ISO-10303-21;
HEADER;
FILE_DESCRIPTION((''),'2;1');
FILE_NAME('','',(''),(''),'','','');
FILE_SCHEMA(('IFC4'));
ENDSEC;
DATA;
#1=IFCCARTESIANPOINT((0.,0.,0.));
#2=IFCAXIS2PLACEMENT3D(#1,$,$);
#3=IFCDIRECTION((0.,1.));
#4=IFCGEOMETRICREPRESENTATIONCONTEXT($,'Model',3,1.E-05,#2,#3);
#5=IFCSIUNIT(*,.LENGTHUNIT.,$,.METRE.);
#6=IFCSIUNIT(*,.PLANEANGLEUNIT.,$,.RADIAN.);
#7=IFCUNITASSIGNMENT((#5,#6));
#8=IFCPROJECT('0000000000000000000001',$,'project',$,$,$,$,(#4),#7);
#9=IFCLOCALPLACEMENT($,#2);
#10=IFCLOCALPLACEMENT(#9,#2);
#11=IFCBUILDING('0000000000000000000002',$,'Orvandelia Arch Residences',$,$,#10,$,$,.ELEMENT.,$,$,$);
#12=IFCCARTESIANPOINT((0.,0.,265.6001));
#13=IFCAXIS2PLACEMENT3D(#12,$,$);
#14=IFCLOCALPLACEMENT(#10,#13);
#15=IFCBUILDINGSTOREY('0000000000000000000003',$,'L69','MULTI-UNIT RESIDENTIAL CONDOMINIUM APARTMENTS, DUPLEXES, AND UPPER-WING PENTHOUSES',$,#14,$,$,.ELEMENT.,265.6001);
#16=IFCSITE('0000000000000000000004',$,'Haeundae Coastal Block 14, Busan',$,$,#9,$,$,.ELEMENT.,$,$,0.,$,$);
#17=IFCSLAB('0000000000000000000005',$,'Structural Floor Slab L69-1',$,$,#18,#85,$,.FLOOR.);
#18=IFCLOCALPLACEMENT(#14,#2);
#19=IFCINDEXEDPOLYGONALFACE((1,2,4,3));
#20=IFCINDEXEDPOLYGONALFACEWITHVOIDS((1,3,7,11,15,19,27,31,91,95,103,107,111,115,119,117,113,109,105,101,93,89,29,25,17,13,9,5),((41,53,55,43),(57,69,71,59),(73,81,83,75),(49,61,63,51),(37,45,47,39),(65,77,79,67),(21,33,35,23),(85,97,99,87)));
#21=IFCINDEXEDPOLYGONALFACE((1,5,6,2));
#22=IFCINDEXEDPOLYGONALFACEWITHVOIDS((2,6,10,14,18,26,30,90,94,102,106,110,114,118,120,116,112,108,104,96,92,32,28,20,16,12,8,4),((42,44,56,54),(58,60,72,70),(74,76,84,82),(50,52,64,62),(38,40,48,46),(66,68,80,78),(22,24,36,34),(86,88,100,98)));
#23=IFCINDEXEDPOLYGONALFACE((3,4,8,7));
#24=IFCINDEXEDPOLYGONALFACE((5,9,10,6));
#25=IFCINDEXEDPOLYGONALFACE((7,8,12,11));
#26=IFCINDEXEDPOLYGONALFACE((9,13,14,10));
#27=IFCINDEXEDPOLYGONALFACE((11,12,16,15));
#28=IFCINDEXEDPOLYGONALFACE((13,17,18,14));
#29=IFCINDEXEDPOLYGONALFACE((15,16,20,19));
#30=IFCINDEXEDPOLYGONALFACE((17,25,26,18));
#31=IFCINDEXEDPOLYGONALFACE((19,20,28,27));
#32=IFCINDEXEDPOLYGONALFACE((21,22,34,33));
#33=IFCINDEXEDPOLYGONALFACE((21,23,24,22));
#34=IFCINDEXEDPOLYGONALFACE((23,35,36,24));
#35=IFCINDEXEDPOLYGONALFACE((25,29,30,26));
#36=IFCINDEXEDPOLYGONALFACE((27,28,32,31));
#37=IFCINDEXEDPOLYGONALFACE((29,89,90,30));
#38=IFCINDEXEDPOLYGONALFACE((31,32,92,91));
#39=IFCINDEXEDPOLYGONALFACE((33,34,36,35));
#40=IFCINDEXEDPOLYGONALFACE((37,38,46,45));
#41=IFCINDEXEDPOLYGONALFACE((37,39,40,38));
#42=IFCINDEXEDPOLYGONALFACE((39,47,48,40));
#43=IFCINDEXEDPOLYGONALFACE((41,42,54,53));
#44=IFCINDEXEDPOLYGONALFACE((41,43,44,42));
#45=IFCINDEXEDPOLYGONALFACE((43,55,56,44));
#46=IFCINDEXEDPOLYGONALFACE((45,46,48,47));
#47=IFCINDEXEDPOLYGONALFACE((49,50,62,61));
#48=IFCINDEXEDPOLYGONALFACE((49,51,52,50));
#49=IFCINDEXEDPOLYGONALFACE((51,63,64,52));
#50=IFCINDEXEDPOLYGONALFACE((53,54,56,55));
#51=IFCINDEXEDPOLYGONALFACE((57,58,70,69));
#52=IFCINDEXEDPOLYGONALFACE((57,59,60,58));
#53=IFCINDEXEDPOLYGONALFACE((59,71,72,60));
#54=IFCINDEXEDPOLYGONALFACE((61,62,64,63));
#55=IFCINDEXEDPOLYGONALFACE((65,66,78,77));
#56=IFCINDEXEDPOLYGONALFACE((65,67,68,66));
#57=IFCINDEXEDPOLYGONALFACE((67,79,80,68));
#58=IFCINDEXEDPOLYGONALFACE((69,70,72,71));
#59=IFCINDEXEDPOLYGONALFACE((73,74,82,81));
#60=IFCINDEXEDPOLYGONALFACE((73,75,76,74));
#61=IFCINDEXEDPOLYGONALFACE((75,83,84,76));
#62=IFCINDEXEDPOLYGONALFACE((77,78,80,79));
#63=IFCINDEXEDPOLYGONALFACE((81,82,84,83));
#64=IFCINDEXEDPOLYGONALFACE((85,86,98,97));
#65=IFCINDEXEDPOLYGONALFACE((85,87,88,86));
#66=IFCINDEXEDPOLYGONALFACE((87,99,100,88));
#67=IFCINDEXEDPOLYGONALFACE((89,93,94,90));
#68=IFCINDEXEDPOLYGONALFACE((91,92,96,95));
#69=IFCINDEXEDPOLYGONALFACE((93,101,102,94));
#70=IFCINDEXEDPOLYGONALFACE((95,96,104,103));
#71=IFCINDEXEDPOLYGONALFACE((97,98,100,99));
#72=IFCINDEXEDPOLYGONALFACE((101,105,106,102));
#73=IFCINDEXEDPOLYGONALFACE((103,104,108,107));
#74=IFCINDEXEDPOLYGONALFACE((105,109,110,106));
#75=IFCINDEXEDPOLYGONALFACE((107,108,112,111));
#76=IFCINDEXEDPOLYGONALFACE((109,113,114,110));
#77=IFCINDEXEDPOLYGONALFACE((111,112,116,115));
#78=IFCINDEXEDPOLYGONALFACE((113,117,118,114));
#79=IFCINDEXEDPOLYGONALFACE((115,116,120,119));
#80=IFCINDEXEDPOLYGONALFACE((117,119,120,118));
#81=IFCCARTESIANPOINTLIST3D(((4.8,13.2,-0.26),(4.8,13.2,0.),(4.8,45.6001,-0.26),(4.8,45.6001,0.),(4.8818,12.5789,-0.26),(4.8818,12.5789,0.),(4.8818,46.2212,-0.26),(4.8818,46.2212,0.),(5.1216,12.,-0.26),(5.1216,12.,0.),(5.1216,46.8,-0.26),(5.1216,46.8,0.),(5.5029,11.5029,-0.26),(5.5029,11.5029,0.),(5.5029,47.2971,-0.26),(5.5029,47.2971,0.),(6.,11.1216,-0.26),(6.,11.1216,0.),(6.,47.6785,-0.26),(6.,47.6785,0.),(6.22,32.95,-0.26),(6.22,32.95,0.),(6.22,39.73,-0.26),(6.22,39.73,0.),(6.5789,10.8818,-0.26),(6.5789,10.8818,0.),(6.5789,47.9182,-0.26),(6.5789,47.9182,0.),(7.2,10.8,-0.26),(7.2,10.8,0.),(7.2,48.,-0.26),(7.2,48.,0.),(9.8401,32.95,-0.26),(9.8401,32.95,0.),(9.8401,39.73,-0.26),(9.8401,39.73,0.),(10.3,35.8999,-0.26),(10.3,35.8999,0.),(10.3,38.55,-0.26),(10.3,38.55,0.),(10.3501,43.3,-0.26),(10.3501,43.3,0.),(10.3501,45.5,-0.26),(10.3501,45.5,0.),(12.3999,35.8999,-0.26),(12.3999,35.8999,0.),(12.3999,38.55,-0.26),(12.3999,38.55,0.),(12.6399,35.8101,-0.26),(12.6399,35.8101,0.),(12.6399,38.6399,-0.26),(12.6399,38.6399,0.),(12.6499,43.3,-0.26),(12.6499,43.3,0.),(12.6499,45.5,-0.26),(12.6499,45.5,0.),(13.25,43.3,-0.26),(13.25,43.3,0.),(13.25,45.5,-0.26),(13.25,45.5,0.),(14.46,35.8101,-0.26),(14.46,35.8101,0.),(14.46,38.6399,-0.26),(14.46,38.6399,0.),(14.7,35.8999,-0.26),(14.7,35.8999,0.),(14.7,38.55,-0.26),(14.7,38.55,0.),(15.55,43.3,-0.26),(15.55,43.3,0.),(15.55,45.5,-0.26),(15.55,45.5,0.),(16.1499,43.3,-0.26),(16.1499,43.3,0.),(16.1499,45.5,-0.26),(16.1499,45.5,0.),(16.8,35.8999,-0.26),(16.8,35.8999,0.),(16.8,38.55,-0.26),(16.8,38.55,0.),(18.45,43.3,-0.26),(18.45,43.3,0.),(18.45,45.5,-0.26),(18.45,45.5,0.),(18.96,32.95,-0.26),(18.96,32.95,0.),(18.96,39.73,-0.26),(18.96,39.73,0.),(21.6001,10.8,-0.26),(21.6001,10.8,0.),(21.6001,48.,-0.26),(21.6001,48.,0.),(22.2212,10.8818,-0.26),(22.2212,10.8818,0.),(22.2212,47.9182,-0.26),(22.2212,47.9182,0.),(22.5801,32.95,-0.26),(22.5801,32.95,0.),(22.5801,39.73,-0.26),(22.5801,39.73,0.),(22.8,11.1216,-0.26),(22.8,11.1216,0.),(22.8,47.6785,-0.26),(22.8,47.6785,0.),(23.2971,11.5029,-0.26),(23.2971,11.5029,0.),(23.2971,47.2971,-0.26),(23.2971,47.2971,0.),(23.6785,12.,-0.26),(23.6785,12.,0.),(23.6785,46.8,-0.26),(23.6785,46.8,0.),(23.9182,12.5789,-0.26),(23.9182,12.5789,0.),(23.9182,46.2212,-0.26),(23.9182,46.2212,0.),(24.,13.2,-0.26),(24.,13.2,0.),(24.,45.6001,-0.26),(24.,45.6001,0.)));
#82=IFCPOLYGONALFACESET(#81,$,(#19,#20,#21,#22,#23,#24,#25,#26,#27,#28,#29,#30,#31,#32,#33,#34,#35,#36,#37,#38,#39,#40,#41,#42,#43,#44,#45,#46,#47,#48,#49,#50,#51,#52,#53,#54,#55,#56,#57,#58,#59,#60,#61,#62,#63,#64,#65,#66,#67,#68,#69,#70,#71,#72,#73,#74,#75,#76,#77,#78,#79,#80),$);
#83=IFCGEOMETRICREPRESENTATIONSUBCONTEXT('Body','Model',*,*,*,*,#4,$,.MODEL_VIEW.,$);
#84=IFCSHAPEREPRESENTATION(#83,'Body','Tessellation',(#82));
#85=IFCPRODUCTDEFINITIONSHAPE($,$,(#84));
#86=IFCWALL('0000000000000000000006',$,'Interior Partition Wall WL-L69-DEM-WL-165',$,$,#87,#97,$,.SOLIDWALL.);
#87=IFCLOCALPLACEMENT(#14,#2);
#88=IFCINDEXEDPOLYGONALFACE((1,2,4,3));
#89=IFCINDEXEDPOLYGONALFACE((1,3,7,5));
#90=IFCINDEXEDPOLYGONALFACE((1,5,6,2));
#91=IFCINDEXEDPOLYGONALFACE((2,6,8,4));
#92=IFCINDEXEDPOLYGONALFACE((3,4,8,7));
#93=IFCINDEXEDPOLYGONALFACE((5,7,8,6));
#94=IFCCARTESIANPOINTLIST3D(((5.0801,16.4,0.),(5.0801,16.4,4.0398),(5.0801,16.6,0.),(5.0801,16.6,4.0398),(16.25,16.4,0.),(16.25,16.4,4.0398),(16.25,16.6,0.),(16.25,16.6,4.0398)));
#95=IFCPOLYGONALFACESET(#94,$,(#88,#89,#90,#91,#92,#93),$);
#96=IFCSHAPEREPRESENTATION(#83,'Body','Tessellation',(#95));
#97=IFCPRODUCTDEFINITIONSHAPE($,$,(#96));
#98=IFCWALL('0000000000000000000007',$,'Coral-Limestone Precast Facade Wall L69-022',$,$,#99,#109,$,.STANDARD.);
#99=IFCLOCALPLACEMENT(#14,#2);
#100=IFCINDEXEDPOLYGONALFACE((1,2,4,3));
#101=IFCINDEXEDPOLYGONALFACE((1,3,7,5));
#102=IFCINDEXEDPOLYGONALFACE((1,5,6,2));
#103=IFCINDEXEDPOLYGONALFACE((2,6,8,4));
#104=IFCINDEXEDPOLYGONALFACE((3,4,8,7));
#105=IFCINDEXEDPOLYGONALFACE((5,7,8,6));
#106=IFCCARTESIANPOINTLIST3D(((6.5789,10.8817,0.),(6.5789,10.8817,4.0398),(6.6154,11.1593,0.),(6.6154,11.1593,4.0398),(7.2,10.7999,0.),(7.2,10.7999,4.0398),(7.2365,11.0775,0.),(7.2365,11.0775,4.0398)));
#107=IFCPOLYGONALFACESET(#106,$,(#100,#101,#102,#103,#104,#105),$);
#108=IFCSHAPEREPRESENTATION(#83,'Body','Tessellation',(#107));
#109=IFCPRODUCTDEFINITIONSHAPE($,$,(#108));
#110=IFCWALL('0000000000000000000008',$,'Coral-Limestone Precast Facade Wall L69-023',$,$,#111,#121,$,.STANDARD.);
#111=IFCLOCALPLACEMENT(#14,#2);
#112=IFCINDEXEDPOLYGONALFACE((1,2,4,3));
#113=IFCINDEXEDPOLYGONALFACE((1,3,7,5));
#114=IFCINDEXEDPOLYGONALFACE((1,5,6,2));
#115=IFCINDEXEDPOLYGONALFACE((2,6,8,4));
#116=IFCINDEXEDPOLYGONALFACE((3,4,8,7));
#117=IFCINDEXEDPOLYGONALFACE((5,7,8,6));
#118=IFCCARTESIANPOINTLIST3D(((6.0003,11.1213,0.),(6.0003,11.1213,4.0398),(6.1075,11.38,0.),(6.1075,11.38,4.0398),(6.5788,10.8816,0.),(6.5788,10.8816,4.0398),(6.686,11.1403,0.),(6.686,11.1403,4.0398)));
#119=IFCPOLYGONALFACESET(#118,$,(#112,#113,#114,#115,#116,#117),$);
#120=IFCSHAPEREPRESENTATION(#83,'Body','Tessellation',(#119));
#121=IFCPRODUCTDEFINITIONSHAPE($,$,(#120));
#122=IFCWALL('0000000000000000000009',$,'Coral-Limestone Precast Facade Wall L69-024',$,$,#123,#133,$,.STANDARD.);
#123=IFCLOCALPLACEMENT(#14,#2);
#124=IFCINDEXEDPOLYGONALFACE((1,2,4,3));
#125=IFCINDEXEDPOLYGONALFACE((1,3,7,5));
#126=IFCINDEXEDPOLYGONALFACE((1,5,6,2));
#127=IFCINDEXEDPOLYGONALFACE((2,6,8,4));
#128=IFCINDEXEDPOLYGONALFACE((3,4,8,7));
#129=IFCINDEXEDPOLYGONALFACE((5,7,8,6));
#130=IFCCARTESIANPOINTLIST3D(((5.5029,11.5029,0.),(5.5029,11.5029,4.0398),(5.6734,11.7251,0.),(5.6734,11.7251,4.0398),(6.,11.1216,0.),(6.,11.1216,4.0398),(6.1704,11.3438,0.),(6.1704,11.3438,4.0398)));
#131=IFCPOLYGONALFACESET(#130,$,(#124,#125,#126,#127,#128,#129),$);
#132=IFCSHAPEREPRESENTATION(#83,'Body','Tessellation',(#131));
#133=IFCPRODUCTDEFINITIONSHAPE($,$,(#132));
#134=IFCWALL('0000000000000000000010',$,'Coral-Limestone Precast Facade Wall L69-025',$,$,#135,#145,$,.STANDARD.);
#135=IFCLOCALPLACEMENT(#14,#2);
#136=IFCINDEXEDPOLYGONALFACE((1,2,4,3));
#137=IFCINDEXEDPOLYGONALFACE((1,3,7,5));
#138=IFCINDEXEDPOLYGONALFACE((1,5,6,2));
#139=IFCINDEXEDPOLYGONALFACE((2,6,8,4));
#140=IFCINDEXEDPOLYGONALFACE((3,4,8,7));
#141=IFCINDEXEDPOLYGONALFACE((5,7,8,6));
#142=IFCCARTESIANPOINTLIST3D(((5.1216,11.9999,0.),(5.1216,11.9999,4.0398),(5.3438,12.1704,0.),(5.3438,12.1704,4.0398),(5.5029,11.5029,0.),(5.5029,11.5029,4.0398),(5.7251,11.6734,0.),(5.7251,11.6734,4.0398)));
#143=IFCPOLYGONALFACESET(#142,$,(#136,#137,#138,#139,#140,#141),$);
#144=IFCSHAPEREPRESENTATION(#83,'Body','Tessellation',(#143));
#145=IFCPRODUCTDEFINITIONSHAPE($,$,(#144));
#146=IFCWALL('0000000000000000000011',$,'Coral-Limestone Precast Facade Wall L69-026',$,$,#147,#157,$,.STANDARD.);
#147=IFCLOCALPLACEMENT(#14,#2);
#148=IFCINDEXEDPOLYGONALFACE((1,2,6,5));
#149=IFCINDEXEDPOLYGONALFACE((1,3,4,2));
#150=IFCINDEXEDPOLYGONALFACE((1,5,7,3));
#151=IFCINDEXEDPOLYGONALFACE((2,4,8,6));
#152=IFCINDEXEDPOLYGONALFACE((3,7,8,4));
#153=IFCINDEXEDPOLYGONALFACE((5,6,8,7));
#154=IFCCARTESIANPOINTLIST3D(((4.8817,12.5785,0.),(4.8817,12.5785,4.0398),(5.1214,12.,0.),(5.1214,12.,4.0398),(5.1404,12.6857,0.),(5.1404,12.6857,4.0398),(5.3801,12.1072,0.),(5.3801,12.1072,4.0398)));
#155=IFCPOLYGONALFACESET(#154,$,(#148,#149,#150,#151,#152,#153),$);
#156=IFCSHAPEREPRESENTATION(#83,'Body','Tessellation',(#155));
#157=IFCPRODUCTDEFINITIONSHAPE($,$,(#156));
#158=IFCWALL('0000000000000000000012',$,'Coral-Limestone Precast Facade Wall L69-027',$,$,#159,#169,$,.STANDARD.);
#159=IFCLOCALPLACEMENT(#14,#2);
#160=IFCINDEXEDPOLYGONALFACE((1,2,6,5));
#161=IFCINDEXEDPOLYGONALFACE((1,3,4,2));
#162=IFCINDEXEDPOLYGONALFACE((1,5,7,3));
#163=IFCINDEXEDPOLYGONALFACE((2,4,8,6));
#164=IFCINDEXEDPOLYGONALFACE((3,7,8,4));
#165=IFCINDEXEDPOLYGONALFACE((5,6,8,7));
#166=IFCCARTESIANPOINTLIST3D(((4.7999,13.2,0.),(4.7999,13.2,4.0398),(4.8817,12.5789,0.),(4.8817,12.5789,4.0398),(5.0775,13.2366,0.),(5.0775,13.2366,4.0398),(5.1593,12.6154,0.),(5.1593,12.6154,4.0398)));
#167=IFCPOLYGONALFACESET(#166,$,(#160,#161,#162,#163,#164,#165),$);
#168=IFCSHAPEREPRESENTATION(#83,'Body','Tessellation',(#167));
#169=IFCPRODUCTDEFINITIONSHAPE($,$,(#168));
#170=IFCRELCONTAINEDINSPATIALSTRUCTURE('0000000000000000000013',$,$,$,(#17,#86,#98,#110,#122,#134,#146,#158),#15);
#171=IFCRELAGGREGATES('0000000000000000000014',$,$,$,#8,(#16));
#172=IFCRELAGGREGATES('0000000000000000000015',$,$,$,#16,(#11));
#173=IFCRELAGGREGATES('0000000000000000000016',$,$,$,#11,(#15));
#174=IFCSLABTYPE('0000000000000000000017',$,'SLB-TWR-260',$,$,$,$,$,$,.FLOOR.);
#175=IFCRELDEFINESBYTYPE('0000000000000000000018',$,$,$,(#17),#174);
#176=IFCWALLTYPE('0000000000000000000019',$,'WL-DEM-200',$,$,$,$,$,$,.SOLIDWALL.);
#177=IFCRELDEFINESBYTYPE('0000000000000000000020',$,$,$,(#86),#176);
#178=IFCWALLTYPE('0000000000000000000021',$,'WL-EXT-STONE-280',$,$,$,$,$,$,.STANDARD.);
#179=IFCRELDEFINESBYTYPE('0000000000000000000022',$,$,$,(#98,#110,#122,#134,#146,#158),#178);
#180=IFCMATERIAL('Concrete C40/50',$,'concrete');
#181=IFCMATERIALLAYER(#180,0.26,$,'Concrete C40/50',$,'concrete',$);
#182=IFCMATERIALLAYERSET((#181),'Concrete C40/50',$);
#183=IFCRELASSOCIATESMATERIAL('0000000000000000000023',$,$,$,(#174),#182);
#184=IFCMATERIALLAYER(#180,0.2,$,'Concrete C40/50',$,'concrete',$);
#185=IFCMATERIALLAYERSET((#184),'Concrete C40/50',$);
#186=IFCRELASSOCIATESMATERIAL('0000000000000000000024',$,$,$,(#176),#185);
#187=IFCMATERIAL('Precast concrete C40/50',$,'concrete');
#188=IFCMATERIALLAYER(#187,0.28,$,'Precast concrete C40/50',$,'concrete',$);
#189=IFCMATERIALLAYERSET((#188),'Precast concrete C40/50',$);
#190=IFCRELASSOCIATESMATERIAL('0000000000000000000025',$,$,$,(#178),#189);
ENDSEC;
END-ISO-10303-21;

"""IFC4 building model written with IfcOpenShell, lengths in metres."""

from ifc_helpers import new_model, si_unit, direction, frame, frame_2d, origin, place, context, subcontext, project, spatial, polyline, rectangle, outline, extrude, material, layer, layer_set, type_object, element, save


model = new_model("IFC4")

# Units and contexts
model_context = context("Model", 3, precision=1e-05, world=origin(), true_north=direction((0.0, 1.0)))
body_context = subcontext(model_context, "Body", "Model", "MODEL_VIEW")
ifc_project = project(units=[si_unit("LENGTHUNIT", "METRE"), si_unit("PLANEANGLEUNIT", "RADIAN")], contexts=[model_context])

# Site, building, storey
site_placement = place(None, origin())
site = spatial("IfcSite", under=ifc_project, at=site_placement, Name="Haeundae Coastal Block 14, Busan", CompositionType="ELEMENT", RefElevation=0.0)
building_placement = place(site_placement, origin())
building = spatial("IfcBuilding", under=site, at=building_placement, Name="Orvandelia Arch Residences", CompositionType="ELEMENT")
storey_placement = place(building_placement, frame((0.0, 0.0, 265.6001)))
storey = spatial("IfcBuildingStorey", under=building, at=storey_placement, Name="L69", Description="MULTI-UNIT RESIDENTIAL CONDOMINIUM APARTMENTS, DUPLEXES, AND UPPER-WING PENTHOUSES", CompositionType="ELEMENT", Elevation=265.6001)

# Shared definitions
ifc_material_1 = material(Name="Precast concrete C40/50", Category="concrete")

# Shared definitions
ifc_material_2 = material(Name="Concrete C40/50", Category="concrete")

# Slab
ifc_layer_1 = layer(ifc_material_2, 0.26, Name="Concrete C40/50", Category="concrete")
ifc_layer_set_1 = layer_set([ifc_layer_1], Name="Concrete C40/50")
slab_type_1 = type_object("IfcSlabType", Name="SLB-TWR-260", PredefinedType="FLOOR", material=ifc_layer_set_1)
slab_1_placement = place(storey_placement, frame((0.0, 0.0, -0.26)))
element("IfcSlab", 1, at=slab_1_placement, inside=storey, type_object=slab_type_1, Name="Structural Floor Slab L69-1", PredefinedType="FLOOR", context=body_context, shape_type="SweptSolid", body=[
    extrude(outline(polyline([(4.8, 13.2), (4.8818, 12.5789), (5.1216, 12.0), (5.5029, 11.5029), (6.0, 11.1216), (6.5789, 10.8818), (7.2, 10.8), (21.6001, 10.8), (22.2212, 10.8818), (22.8, 11.1216), (23.2971, 11.5029), (23.6785, 12.0), (23.9182, 12.5789), (24.0, 13.2), (24.0, 45.6001), (23.9182, 46.2212), (23.6785, 46.8), (23.2971, 47.2971), (22.8, 47.6785), (22.2212, 47.9182), (21.6001, 48.0), (7.2, 48.0), (6.5789, 47.9182), (6.0, 47.6785), (5.5029, 47.2971), (5.1216, 46.8), (4.8818, 46.2212), (4.8, 45.6001), (4.8, 13.2)]), holes=[polyline([(6.22, 32.95), (9.8401, 32.95), (9.8401, 39.73), (6.22, 39.73), (6.22, 32.95)]), polyline([(18.96, 32.95), (22.5801, 32.95), (22.5801, 39.73), (18.96, 39.73), (18.96, 32.95)]), polyline([(12.6399, 35.8101), (14.46, 35.8101), (14.46, 38.6399), (12.6399, 38.6399), (12.6399, 35.8101)]), polyline([(10.3, 35.8999), (12.3999, 35.8999), (12.3999, 38.55), (10.3, 38.55), (10.3, 35.8999)]), polyline([(14.7, 35.8999), (16.8, 35.8999), (16.8, 38.55), (14.7, 38.55), (14.7, 35.8999)]), polyline([(10.3501, 43.3), (12.6499, 43.3), (12.6499, 45.5), (10.3501, 45.5), (10.3501, 43.3)]), polyline([(13.25, 43.3), (15.55, 43.3), (15.55, 45.5), (13.25, 45.5), (13.25, 43.3)]), polyline([(16.1499, 43.3), (18.45, 43.3), (18.45, 45.5), (16.1499, 45.5), (16.1499, 43.3)])]), origin(), (0.0, 0.0, 1.0), 0.26),
])

# Walls
ifc_layer_2 = layer(ifc_material_2, 0.2, Name="Concrete C40/50", Category="concrete")
ifc_layer_set_2 = layer_set([ifc_layer_2], Name="Concrete C40/50")
wall_type_1 = type_object("IfcWallType", Name="WL-DEM-200", PredefinedType="SOLIDWALL", material=ifc_layer_set_2)
wall_1_placement = place(storey_placement, frame((5.0801, 16.5, 0.0), z_axis=(0.0, 0.0, 1.0), x_axis=(1.0, 0.0, 0.0)))
element("IfcWall", 2, at=wall_1_placement, inside=storey, type_object=wall_type_1, Name="Interior Partition Wall WL-L69-DEM-WL-165", PredefinedType="SOLIDWALL", context=body_context, shape_type="SweptSolid", body=[
    extrude(rectangle(XDim=11.1699, YDim=0.2, at=frame_2d((5.585, 0.0))), origin(), (0.0, 0.0, 1.0), 4.0398),
])
ifc_layer_3 = layer(ifc_material_1, 0.28, Name="Precast concrete C40/50", Category="concrete")
ifc_layer_set_3 = layer_set([ifc_layer_3], Name="Precast concrete C40/50")
wall_type_2 = type_object("IfcWallType", Name="WL-EXT-STONE-280", PredefinedType="STANDARD", material=ifc_layer_set_3)
wall_2_placement = place(storey_placement, frame((7.2183, 10.9387, 0.0), z_axis=(0.0, 0.0, 1.0), x_axis=(-0.991441, 0.130555, 0.0)))
element("IfcWall", 3, at=wall_2_placement, inside=storey, type_object=wall_type_2, Name="Coral-Limestone Precast Facade Wall L69-022", PredefinedType="STANDARD", context=body_context, shape_type="SweptSolid", body=[
    extrude(rectangle(XDim=0.6265, YDim=0.28, at=frame_2d((0.3132, 0.0))), origin(), (0.0, 0.0, 1.0), 4.0398),
])
wall_3_placement = place(storey_placement, frame((6.6323, 11.011, 0.0), z_axis=(0.0, 0.0, 1.0), x_axis=(-0.923836, 0.382788, 0.0)))
element("IfcWall", 4, at=wall_3_placement, inside=storey, type_object=wall_type_2, Name="Coral-Limestone Precast Facade Wall L69-023", PredefinedType="STANDARD", context=body_context, shape_type="SweptSolid", body=[
    extrude(rectangle(XDim=0.6262, YDim=0.28, at=frame_2d((0.313, 0.0))), origin(), (0.0, 0.0, 1.0), 4.0398),
])
for number, where, z_axis, x_axis, name in (
    (5, (6.0852, 11.2327, 0.0), (0.0, 0.0, 1.0), (-0.793406, 0.608693, 0.0), "Coral-Limestone Precast Facade Wall L69-024"),
    (6, (5.614, 11.5881, 0.0), (0.0, 0.0, 1.0), (-0.608693, 0.793406, 0.0), "Coral-Limestone Precast Facade Wall L69-025"),
):
    element("IfcWall", number, at=place(storey_placement, frame(where, z_axis=z_axis, x_axis=x_axis)), inside=storey, type_object=wall_type_2, Name=name, PredefinedType="STANDARD", context=body_context, shape_type="SweptSolid", body=[
        extrude(rectangle(XDim=0.6265, YDim=0.28, at=frame_2d((0.3132, 0.0))), origin(), (0.0, 0.0, 1.0), 4.0398),
    ])
wall_4_placement = place(storey_placement, frame((5.2507, 12.0537, 0.0), z_axis=(0.0, 0.0, 1.0), x_axis=(-0.382788, 0.923836, 0.0)))
element("IfcWall", 7, at=wall_4_placement, inside=storey, type_object=wall_type_2, Name="Coral-Limestone Precast Facade Wall L69-026", PredefinedType="STANDARD", context=body_context, shape_type="SweptSolid", body=[
    extrude(rectangle(XDim=0.6262, YDim=0.28, at=frame_2d((0.313, 0.0))), origin(), (0.0, 0.0, 1.0), 4.0398),
])
wall_5_placement = place(storey_placement, frame((5.0205, 12.5972, 0.0), z_axis=(0.0, 0.0, 1.0), x_axis=(-0.130555, 0.991441, 0.0)))
element("IfcWall", 8, at=wall_5_placement, inside=storey, type_object=wall_type_2, Name="Coral-Limestone Precast Facade Wall L69-027", PredefinedType="STANDARD", context=body_context, shape_type="SweptSolid", body=[
    extrude(rectangle(XDim=0.6265, YDim=0.28, at=frame_2d((0.3132, 0.0))), origin(), (0.0, 0.0, 1.0), 4.0398),
])

save(model, "model.ifc")
